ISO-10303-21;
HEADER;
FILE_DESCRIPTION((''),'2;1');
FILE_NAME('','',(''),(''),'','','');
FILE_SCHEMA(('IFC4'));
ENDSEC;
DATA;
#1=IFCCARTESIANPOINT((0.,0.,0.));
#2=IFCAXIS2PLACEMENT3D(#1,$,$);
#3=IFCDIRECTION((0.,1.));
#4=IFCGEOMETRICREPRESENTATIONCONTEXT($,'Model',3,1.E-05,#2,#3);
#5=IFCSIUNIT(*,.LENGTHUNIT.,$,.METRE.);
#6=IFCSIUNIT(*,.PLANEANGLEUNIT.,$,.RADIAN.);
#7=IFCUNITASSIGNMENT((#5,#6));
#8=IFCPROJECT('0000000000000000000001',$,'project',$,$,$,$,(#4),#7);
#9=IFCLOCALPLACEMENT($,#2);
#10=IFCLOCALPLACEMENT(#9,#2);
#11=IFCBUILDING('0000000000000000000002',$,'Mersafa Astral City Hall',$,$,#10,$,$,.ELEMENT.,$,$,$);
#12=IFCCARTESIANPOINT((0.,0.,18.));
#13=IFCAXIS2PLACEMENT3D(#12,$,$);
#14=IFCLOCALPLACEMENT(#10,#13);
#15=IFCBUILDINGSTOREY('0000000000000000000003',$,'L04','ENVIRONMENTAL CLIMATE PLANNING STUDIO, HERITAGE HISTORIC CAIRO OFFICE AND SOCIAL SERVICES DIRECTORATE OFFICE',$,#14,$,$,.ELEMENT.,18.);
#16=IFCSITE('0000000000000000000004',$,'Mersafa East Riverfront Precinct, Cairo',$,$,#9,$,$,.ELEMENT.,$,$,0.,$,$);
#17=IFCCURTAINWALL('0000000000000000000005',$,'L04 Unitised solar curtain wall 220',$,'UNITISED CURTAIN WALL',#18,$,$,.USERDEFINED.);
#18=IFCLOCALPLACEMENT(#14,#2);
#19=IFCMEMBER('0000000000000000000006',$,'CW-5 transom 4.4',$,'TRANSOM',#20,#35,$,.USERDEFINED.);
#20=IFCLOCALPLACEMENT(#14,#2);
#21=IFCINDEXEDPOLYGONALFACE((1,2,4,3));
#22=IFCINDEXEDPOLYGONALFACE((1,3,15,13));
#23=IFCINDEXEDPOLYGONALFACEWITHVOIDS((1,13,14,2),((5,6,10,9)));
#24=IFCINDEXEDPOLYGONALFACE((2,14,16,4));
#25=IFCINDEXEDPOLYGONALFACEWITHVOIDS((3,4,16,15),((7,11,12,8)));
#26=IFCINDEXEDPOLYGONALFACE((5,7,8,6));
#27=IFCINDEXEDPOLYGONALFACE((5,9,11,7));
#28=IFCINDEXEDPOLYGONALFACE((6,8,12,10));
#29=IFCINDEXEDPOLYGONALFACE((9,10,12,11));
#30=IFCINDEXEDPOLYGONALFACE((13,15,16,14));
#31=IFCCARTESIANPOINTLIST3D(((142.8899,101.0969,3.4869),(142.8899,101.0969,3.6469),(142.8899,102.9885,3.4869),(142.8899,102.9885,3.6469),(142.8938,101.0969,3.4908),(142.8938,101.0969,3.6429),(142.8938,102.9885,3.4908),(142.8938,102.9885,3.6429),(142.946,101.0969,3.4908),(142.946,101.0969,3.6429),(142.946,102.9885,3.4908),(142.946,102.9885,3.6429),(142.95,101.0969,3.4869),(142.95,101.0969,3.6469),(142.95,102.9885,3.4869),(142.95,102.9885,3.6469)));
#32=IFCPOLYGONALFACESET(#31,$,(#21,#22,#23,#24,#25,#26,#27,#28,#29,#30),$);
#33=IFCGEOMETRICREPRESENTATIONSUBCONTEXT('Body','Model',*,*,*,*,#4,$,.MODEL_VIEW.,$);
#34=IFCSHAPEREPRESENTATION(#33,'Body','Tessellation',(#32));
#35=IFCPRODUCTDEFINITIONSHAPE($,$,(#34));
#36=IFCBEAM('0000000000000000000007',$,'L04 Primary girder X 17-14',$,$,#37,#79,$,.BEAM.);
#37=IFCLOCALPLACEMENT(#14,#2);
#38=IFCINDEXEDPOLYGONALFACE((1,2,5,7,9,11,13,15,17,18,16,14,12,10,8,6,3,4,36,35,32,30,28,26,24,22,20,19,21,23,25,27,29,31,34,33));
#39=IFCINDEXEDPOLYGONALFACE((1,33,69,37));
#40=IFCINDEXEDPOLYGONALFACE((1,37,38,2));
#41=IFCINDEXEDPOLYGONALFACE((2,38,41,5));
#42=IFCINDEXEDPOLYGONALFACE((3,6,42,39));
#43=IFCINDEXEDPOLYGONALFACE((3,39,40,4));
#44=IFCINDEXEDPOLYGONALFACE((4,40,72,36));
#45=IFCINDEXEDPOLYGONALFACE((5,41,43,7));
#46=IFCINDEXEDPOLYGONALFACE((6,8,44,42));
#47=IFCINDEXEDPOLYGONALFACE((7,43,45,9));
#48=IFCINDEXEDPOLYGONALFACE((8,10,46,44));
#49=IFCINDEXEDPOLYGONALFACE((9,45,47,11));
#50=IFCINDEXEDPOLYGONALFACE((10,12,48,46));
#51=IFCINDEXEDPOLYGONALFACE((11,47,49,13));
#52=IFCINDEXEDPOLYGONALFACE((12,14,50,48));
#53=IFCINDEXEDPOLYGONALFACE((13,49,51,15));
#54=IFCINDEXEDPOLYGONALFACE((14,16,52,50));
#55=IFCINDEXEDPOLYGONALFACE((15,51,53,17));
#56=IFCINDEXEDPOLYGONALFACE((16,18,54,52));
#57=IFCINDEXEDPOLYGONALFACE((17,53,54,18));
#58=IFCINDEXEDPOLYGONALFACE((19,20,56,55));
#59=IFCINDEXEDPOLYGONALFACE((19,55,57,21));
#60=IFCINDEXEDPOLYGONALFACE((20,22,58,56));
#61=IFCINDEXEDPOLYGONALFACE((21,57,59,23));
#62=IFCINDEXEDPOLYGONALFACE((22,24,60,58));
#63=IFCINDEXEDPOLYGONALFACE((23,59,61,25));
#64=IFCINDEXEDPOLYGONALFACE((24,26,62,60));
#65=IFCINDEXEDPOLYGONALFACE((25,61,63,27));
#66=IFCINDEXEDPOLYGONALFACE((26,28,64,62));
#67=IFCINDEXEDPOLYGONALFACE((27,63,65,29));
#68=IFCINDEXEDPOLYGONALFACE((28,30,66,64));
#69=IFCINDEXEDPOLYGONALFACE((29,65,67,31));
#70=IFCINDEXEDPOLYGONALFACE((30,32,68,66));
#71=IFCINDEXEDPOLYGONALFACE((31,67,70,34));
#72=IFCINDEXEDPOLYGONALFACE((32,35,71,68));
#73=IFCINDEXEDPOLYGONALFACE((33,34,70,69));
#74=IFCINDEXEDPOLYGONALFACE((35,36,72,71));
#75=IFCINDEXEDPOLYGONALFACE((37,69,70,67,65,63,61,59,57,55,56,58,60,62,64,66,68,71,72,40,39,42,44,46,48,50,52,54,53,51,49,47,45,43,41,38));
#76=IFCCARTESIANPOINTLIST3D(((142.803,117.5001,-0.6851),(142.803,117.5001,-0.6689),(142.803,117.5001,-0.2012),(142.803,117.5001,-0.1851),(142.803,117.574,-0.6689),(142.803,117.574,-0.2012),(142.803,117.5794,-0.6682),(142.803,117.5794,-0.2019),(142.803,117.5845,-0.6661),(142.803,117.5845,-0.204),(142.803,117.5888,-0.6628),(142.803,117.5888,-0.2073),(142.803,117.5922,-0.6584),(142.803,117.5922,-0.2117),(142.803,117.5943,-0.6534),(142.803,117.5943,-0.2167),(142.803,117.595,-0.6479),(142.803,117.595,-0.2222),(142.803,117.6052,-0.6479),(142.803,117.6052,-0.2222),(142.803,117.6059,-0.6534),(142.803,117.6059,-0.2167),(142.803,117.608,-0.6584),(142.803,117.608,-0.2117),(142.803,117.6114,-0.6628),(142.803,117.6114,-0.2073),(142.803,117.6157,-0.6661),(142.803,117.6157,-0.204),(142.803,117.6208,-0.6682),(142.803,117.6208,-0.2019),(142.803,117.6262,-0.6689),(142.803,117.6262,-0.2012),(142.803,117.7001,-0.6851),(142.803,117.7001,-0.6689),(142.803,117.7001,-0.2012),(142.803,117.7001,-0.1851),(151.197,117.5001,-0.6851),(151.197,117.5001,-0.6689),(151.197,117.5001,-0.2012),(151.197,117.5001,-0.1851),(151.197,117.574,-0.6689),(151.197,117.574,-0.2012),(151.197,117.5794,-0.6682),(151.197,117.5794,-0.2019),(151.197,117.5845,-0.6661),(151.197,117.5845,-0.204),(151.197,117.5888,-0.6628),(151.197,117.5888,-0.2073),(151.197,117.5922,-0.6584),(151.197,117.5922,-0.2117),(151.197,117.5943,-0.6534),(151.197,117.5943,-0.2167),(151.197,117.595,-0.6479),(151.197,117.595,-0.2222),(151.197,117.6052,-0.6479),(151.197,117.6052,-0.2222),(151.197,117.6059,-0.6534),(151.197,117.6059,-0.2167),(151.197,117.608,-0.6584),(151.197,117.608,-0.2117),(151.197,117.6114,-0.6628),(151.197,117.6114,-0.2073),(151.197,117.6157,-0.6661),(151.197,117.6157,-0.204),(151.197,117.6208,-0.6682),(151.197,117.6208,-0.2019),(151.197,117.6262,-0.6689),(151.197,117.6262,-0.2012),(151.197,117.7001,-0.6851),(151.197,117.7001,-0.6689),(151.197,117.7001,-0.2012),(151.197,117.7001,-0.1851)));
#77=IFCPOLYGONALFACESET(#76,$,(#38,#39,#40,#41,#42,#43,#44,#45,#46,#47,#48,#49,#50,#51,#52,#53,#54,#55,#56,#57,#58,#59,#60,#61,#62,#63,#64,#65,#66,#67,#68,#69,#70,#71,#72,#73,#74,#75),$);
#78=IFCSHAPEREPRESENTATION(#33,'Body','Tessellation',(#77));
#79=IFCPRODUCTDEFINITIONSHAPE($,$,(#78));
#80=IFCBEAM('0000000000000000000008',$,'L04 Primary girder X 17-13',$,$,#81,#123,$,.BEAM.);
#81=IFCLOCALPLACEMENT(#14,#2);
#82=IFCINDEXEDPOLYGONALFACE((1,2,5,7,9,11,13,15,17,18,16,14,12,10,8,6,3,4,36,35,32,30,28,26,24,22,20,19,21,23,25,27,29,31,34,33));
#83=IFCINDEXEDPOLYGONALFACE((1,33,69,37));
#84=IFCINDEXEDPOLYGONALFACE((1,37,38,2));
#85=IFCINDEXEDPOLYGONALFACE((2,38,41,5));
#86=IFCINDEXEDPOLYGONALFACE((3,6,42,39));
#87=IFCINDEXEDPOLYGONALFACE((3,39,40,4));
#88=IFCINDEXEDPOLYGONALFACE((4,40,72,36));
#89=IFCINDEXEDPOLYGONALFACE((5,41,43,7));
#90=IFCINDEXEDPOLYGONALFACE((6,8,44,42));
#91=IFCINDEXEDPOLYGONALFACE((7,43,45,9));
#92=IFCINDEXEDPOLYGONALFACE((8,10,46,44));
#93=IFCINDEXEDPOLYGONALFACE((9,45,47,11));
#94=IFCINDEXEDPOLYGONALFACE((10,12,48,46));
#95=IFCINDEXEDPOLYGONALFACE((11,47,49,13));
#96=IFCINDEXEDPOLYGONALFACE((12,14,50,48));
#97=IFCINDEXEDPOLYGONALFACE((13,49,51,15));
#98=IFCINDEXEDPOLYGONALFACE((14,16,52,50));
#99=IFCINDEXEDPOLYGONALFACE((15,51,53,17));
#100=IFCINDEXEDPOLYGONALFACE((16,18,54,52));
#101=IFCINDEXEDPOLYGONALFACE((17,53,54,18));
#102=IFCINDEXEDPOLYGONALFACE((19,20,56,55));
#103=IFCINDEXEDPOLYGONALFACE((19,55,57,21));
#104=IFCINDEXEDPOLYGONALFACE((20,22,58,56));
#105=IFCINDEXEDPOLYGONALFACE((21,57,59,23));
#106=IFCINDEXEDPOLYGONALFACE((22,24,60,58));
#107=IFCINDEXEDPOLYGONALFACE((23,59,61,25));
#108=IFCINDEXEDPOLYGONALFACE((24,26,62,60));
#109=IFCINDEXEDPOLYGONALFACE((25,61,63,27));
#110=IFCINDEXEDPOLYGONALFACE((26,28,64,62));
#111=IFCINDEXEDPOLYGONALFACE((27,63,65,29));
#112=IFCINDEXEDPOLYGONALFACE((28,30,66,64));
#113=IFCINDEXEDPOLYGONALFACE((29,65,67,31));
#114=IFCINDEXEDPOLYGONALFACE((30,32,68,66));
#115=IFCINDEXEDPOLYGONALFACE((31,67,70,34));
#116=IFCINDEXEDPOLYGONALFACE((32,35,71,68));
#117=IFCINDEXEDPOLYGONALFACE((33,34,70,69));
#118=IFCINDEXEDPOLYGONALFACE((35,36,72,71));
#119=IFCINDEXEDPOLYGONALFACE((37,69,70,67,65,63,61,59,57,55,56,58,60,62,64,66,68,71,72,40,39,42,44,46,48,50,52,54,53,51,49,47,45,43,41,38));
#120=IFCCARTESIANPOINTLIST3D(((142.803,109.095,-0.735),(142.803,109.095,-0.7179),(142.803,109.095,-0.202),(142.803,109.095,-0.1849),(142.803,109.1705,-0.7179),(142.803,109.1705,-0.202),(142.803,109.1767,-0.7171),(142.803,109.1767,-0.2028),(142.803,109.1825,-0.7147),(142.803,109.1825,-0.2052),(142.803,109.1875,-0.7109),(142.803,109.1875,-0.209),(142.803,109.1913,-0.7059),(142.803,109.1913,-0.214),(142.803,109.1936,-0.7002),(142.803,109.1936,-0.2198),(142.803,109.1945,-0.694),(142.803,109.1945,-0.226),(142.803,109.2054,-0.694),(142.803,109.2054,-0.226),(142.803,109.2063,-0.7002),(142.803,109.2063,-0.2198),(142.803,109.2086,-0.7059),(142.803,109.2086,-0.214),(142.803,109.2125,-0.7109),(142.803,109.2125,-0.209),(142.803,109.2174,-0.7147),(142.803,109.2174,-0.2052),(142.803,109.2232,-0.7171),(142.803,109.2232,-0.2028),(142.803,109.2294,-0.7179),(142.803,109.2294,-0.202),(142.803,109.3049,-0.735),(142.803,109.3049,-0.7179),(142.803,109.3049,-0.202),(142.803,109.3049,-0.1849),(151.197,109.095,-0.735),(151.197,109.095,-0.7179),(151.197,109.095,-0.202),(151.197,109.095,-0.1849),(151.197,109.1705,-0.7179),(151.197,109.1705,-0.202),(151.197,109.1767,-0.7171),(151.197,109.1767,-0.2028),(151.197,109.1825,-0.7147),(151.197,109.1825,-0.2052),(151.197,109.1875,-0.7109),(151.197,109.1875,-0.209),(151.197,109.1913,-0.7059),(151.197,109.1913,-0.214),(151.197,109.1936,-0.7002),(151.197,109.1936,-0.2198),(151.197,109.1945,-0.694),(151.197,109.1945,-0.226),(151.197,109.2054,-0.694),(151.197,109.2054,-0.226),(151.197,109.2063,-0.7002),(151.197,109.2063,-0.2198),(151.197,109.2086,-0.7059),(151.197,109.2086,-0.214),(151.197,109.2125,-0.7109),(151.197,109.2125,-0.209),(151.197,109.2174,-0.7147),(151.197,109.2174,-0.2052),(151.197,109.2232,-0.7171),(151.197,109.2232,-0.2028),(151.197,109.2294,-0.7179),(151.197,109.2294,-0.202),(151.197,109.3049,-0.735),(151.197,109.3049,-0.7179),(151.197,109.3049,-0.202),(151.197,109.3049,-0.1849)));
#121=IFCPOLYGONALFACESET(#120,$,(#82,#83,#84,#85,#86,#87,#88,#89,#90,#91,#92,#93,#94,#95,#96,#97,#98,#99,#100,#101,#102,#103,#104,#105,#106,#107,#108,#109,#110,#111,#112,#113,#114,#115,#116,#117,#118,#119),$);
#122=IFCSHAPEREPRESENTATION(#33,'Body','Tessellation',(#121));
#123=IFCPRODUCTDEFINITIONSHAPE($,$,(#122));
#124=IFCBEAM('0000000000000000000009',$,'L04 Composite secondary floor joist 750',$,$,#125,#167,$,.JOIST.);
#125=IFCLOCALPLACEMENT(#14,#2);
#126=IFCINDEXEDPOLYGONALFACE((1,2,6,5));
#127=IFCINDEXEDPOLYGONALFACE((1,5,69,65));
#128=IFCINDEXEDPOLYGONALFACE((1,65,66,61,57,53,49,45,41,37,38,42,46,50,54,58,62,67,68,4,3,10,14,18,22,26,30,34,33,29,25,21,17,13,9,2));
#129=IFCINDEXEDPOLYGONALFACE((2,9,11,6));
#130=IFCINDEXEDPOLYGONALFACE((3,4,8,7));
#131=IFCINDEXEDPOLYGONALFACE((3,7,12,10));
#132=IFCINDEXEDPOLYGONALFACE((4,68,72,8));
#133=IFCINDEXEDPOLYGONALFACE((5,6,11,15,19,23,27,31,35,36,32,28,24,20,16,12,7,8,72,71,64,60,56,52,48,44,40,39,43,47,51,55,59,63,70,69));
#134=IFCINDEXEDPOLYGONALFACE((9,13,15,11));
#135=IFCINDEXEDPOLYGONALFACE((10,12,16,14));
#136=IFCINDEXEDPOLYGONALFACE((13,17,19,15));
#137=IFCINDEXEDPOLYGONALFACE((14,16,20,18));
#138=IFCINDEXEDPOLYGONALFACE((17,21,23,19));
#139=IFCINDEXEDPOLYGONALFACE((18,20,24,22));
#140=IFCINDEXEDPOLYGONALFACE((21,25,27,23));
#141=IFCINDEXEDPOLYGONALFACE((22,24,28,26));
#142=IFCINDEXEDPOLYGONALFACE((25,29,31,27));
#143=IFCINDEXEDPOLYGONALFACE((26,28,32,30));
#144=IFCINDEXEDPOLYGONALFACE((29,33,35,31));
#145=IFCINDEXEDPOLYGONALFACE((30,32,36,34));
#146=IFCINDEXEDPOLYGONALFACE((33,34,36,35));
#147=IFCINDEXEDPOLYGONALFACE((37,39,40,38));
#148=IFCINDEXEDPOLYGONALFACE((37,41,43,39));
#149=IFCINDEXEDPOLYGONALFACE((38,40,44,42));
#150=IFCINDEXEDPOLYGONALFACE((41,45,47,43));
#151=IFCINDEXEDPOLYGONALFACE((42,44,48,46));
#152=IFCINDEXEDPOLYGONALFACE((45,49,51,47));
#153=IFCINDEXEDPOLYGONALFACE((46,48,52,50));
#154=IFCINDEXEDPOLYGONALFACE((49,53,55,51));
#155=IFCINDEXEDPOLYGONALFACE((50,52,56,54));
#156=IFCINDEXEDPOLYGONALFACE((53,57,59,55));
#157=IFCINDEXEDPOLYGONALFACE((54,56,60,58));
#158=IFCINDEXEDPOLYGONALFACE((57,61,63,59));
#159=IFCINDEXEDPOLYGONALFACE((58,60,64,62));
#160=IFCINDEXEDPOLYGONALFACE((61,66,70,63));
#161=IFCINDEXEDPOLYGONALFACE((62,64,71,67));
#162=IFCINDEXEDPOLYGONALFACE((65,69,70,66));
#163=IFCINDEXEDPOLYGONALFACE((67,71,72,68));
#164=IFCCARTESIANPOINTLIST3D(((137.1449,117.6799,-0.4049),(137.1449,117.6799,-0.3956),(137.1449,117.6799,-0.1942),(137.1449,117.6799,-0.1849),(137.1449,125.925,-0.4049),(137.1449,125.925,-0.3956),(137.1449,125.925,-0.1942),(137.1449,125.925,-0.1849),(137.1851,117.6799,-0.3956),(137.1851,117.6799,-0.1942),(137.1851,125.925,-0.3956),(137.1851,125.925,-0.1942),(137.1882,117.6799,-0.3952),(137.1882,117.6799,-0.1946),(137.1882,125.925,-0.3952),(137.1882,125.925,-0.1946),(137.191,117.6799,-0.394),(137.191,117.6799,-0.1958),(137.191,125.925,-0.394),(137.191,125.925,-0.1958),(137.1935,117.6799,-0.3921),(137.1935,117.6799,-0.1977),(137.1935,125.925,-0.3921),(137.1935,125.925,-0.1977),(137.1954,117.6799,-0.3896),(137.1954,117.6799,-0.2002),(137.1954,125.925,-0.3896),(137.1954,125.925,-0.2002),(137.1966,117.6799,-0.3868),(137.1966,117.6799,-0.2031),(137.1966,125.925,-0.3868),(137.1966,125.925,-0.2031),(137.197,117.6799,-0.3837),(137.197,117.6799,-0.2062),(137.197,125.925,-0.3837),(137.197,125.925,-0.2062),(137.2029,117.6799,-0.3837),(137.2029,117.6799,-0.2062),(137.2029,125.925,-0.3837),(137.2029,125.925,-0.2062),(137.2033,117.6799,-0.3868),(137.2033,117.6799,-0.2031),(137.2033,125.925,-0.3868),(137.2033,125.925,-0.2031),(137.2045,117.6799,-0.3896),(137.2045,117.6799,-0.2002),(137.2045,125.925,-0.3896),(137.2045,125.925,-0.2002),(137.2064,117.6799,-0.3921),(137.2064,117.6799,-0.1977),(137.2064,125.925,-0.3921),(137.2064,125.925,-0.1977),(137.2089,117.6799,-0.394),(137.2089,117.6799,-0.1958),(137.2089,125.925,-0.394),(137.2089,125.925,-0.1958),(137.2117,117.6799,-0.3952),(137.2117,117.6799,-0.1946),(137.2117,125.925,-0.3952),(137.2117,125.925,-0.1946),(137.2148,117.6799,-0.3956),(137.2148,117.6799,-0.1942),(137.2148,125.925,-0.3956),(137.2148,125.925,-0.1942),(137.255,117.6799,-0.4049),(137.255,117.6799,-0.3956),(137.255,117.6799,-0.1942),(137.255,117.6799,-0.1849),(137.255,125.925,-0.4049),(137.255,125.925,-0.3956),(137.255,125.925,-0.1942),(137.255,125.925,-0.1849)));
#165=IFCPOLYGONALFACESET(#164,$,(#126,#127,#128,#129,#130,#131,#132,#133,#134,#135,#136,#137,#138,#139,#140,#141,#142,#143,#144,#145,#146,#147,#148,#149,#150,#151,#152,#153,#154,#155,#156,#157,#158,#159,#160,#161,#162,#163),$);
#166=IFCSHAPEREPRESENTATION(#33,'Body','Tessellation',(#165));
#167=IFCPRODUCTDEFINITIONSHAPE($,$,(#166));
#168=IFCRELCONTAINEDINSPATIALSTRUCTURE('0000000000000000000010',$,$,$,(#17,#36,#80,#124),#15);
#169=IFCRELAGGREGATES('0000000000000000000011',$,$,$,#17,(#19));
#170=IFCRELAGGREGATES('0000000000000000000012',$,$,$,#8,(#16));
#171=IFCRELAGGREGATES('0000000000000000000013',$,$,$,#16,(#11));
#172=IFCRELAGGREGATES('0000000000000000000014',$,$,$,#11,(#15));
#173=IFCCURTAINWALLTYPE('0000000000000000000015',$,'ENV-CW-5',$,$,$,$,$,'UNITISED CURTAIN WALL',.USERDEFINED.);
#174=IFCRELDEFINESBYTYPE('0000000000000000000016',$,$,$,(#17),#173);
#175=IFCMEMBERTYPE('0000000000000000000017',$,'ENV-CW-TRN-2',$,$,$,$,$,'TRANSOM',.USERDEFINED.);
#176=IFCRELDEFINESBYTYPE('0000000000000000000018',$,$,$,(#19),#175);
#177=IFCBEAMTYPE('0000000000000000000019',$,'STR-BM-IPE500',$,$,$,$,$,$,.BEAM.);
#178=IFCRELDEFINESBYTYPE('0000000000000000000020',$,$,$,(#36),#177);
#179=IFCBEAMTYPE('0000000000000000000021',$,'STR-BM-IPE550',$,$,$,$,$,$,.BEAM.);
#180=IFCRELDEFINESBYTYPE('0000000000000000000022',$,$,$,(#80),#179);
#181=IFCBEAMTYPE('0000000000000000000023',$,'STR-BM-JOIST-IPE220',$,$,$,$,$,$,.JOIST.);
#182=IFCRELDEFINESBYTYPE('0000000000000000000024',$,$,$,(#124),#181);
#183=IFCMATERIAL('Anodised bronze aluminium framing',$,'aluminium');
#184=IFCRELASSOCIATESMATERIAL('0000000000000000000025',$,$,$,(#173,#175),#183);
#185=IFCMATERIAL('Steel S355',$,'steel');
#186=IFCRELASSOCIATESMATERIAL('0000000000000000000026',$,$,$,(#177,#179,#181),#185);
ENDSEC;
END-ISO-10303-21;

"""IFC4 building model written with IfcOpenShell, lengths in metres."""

from ifc_helpers import new_model, si_unit, direction, frame, origin, origin_2d, place, context, subcontext, project, spatial, hollow_rectangle, i_section, extrude, material, material_profile, profile_set, type_object, element, aggregate, save


model = new_model("IFC4")

# Units and contexts
model_context = context("Model", 3, precision=1e-05, world=origin(), true_north=direction((0.0, 1.0)))
body_context = subcontext(model_context, "Body", "Model", "MODEL_VIEW")
ifc_project = project(units=[si_unit("LENGTHUNIT", "METRE"), si_unit("PLANEANGLEUNIT", "RADIAN")], contexts=[model_context])

# Site, building, storey
site_placement = place(None, origin())
site = spatial("IfcSite", under=ifc_project, at=site_placement, Name="Mersafa East Riverfront Precinct, Cairo", CompositionType="ELEMENT", RefElevation=0.0)
building_placement = place(site_placement, origin())
building = spatial("IfcBuilding", under=site, at=building_placement, Name="Mersafa Astral City Hall", CompositionType="ELEMENT")
storey_placement = place(building_placement, frame((0.0, 0.0, 18.0)))
storey = spatial("IfcBuildingStorey", under=building, at=storey_placement, Name="L04", Description="ENVIRONMENTAL CLIMATE PLANNING STUDIO, HERITAGE HISTORIC CAIRO OFFICE AND SOCIAL SERVICES DIRECTORATE OFFICE", CompositionType="ELEMENT", Elevation=18.0)

# Shared definitions
ifc_material_1 = material(Name="Steel S355", Category="steel")

# Curtain wall, member
ifc_material_2 = material(Name="Anodised bronze aluminium framing", Category="aluminium")
curtain_wall_type = type_object("IfcCurtainWallType", Name="ENV-CW-5", ElementType="UNITISED CURTAIN WALL", PredefinedType="USERDEFINED", material=ifc_material_2)
curtain_wall_placement = place(storey_placement, origin())
curtain_wall = element("IfcCurtainWall", 1, at=curtain_wall_placement, inside=storey, type_object=curtain_wall_type, Name="L04 Unitised solar curtain wall 220", ObjectType="UNITISED CURTAIN WALL", PredefinedType="USERDEFINED")
ifc_material_profile_1 = material_profile(ifc_material_2, hollow_rectangle(XDim=0.0601, YDim=0.1599, WallThickness=0.0039, at=origin_2d()), Name="RHS 60x160x4")
ifc_profile_set_1 = profile_set([ifc_material_profile_1], Name="Anodised bronze aluminium framing")
member_type_1 = type_object("IfcMemberType", Name="ENV-CW-TRN-2", ElementType="TRANSOM", PredefinedType="USERDEFINED", material=ifc_profile_set_1)
member_1_placement = place(storey_placement, frame((142.9199, 102.9885, 3.5669), z_axis=(0.0, -1.0, 0.0), x_axis=(1.0, 0.0, 0.0)))
member_1 = element("IfcMember", 2, at=member_1_placement, type_object=member_type_1, Name="CW-5 transom 4.4", ObjectType="TRANSOM", PredefinedType="USERDEFINED", context=body_context, shape_type="SweptSolid", body=[
    extrude(hollow_rectangle(XDim=0.0601, YDim=0.1599, WallThickness=0.0039, at=origin_2d()), origin(), (0.0, 0.0, 1.0), 1.8916),
])

# Beams
ifc_material_profile_2 = material_profile(ifc_material_1, i_section(OverallWidth=0.2, OverallDepth=0.5, WebThickness=0.0103, FlangeThickness=0.0161, FilletRadius=0.021, at=origin_2d()), Name="IPE 500")
ifc_profile_set_2 = profile_set([ifc_material_profile_2], Name="Steel S355")
beam_type_1 = type_object("IfcBeamType", Name="STR-BM-IPE500", PredefinedType="BEAM", material=ifc_profile_set_2)
beam_1_placement = place(storey_placement, frame((142.803, 117.6001, -0.4351), z_axis=(1.0, 0.0, 0.0), x_axis=(0.0, 1.0, 0.0)))
element("IfcBeam", 3, at=beam_1_placement, inside=storey, type_object=beam_type_1, Name="L04 Primary girder X 17-14", PredefinedType="BEAM", context=body_context, shape_type="SweptSolid", body=[
    extrude(i_section(OverallWidth=0.2, OverallDepth=0.5, WebThickness=0.0103, FlangeThickness=0.0161, FilletRadius=0.021, at=origin_2d()), origin(), (0.0, 0.0, 1.0), 8.394),
])
ifc_material_profile_3 = material_profile(ifc_material_1, i_section(OverallWidth=0.21, OverallDepth=0.55, WebThickness=0.011, FlangeThickness=0.0171, FilletRadius=0.0239, at=origin_2d()), Name="IPE 550")
ifc_profile_set_3 = profile_set([ifc_material_profile_3], Name="Steel S355")
beam_type_2 = type_object("IfcBeamType", Name="STR-BM-IPE550", PredefinedType="BEAM", material=ifc_profile_set_3)
beam_2_placement = place(storey_placement, frame((142.803, 109.2, -0.46), z_axis=(1.0, 0.0, 0.0), x_axis=(0.0, 1.0, 0.0)))
element("IfcBeam", 4, at=beam_2_placement, inside=storey, type_object=beam_type_2, Name="L04 Primary girder X 17-13", PredefinedType="BEAM", context=body_context, shape_type="SweptSolid", body=[
    extrude(i_section(OverallWidth=0.21, OverallDepth=0.55, WebThickness=0.011, FlangeThickness=0.0171, FilletRadius=0.0239, at=origin_2d()), origin(), (0.0, 0.0, 1.0), 8.394),
])
ifc_material_profile_4 = material_profile(ifc_material_1, i_section(OverallWidth=0.1101, OverallDepth=0.22, WebThickness=0.0059, FlangeThickness=0.0093, FilletRadius=0.012, at=origin_2d()), Name="IPE 220")
ifc_profile_set_4 = profile_set([ifc_material_profile_4], Name="Steel S355")
beam_type_3 = type_object("IfcBeamType", Name="STR-BM-JOIST-IPE220", PredefinedType="JOIST", material=ifc_profile_set_4)
for number, where, z_axis, x_axis, name in (
    (5, (137.2, 117.6799, -0.2949), (0.0, 1.0, 0.0), (-1.0, 0.0, 0.0), "L04 Composite secondary floor joist 750"),
):
    element("IfcBeam", number, at=place(storey_placement, frame(where, z_axis=z_axis, x_axis=x_axis)), inside=storey, type_object=beam_type_3, Name=name, PredefinedType="JOIST", context=body_context, shape_type="SweptSolid", body=[
        extrude(i_section(OverallWidth=0.1101, OverallDepth=0.22, WebThickness=0.0059, FlangeThickness=0.0093, FilletRadius=0.012, at=origin_2d()), origin(), (0.0, 0.0, 1.0), 8.2451),
    ])

aggregate(curtain_wall, [member_1])

save(model, "model.ifc")
